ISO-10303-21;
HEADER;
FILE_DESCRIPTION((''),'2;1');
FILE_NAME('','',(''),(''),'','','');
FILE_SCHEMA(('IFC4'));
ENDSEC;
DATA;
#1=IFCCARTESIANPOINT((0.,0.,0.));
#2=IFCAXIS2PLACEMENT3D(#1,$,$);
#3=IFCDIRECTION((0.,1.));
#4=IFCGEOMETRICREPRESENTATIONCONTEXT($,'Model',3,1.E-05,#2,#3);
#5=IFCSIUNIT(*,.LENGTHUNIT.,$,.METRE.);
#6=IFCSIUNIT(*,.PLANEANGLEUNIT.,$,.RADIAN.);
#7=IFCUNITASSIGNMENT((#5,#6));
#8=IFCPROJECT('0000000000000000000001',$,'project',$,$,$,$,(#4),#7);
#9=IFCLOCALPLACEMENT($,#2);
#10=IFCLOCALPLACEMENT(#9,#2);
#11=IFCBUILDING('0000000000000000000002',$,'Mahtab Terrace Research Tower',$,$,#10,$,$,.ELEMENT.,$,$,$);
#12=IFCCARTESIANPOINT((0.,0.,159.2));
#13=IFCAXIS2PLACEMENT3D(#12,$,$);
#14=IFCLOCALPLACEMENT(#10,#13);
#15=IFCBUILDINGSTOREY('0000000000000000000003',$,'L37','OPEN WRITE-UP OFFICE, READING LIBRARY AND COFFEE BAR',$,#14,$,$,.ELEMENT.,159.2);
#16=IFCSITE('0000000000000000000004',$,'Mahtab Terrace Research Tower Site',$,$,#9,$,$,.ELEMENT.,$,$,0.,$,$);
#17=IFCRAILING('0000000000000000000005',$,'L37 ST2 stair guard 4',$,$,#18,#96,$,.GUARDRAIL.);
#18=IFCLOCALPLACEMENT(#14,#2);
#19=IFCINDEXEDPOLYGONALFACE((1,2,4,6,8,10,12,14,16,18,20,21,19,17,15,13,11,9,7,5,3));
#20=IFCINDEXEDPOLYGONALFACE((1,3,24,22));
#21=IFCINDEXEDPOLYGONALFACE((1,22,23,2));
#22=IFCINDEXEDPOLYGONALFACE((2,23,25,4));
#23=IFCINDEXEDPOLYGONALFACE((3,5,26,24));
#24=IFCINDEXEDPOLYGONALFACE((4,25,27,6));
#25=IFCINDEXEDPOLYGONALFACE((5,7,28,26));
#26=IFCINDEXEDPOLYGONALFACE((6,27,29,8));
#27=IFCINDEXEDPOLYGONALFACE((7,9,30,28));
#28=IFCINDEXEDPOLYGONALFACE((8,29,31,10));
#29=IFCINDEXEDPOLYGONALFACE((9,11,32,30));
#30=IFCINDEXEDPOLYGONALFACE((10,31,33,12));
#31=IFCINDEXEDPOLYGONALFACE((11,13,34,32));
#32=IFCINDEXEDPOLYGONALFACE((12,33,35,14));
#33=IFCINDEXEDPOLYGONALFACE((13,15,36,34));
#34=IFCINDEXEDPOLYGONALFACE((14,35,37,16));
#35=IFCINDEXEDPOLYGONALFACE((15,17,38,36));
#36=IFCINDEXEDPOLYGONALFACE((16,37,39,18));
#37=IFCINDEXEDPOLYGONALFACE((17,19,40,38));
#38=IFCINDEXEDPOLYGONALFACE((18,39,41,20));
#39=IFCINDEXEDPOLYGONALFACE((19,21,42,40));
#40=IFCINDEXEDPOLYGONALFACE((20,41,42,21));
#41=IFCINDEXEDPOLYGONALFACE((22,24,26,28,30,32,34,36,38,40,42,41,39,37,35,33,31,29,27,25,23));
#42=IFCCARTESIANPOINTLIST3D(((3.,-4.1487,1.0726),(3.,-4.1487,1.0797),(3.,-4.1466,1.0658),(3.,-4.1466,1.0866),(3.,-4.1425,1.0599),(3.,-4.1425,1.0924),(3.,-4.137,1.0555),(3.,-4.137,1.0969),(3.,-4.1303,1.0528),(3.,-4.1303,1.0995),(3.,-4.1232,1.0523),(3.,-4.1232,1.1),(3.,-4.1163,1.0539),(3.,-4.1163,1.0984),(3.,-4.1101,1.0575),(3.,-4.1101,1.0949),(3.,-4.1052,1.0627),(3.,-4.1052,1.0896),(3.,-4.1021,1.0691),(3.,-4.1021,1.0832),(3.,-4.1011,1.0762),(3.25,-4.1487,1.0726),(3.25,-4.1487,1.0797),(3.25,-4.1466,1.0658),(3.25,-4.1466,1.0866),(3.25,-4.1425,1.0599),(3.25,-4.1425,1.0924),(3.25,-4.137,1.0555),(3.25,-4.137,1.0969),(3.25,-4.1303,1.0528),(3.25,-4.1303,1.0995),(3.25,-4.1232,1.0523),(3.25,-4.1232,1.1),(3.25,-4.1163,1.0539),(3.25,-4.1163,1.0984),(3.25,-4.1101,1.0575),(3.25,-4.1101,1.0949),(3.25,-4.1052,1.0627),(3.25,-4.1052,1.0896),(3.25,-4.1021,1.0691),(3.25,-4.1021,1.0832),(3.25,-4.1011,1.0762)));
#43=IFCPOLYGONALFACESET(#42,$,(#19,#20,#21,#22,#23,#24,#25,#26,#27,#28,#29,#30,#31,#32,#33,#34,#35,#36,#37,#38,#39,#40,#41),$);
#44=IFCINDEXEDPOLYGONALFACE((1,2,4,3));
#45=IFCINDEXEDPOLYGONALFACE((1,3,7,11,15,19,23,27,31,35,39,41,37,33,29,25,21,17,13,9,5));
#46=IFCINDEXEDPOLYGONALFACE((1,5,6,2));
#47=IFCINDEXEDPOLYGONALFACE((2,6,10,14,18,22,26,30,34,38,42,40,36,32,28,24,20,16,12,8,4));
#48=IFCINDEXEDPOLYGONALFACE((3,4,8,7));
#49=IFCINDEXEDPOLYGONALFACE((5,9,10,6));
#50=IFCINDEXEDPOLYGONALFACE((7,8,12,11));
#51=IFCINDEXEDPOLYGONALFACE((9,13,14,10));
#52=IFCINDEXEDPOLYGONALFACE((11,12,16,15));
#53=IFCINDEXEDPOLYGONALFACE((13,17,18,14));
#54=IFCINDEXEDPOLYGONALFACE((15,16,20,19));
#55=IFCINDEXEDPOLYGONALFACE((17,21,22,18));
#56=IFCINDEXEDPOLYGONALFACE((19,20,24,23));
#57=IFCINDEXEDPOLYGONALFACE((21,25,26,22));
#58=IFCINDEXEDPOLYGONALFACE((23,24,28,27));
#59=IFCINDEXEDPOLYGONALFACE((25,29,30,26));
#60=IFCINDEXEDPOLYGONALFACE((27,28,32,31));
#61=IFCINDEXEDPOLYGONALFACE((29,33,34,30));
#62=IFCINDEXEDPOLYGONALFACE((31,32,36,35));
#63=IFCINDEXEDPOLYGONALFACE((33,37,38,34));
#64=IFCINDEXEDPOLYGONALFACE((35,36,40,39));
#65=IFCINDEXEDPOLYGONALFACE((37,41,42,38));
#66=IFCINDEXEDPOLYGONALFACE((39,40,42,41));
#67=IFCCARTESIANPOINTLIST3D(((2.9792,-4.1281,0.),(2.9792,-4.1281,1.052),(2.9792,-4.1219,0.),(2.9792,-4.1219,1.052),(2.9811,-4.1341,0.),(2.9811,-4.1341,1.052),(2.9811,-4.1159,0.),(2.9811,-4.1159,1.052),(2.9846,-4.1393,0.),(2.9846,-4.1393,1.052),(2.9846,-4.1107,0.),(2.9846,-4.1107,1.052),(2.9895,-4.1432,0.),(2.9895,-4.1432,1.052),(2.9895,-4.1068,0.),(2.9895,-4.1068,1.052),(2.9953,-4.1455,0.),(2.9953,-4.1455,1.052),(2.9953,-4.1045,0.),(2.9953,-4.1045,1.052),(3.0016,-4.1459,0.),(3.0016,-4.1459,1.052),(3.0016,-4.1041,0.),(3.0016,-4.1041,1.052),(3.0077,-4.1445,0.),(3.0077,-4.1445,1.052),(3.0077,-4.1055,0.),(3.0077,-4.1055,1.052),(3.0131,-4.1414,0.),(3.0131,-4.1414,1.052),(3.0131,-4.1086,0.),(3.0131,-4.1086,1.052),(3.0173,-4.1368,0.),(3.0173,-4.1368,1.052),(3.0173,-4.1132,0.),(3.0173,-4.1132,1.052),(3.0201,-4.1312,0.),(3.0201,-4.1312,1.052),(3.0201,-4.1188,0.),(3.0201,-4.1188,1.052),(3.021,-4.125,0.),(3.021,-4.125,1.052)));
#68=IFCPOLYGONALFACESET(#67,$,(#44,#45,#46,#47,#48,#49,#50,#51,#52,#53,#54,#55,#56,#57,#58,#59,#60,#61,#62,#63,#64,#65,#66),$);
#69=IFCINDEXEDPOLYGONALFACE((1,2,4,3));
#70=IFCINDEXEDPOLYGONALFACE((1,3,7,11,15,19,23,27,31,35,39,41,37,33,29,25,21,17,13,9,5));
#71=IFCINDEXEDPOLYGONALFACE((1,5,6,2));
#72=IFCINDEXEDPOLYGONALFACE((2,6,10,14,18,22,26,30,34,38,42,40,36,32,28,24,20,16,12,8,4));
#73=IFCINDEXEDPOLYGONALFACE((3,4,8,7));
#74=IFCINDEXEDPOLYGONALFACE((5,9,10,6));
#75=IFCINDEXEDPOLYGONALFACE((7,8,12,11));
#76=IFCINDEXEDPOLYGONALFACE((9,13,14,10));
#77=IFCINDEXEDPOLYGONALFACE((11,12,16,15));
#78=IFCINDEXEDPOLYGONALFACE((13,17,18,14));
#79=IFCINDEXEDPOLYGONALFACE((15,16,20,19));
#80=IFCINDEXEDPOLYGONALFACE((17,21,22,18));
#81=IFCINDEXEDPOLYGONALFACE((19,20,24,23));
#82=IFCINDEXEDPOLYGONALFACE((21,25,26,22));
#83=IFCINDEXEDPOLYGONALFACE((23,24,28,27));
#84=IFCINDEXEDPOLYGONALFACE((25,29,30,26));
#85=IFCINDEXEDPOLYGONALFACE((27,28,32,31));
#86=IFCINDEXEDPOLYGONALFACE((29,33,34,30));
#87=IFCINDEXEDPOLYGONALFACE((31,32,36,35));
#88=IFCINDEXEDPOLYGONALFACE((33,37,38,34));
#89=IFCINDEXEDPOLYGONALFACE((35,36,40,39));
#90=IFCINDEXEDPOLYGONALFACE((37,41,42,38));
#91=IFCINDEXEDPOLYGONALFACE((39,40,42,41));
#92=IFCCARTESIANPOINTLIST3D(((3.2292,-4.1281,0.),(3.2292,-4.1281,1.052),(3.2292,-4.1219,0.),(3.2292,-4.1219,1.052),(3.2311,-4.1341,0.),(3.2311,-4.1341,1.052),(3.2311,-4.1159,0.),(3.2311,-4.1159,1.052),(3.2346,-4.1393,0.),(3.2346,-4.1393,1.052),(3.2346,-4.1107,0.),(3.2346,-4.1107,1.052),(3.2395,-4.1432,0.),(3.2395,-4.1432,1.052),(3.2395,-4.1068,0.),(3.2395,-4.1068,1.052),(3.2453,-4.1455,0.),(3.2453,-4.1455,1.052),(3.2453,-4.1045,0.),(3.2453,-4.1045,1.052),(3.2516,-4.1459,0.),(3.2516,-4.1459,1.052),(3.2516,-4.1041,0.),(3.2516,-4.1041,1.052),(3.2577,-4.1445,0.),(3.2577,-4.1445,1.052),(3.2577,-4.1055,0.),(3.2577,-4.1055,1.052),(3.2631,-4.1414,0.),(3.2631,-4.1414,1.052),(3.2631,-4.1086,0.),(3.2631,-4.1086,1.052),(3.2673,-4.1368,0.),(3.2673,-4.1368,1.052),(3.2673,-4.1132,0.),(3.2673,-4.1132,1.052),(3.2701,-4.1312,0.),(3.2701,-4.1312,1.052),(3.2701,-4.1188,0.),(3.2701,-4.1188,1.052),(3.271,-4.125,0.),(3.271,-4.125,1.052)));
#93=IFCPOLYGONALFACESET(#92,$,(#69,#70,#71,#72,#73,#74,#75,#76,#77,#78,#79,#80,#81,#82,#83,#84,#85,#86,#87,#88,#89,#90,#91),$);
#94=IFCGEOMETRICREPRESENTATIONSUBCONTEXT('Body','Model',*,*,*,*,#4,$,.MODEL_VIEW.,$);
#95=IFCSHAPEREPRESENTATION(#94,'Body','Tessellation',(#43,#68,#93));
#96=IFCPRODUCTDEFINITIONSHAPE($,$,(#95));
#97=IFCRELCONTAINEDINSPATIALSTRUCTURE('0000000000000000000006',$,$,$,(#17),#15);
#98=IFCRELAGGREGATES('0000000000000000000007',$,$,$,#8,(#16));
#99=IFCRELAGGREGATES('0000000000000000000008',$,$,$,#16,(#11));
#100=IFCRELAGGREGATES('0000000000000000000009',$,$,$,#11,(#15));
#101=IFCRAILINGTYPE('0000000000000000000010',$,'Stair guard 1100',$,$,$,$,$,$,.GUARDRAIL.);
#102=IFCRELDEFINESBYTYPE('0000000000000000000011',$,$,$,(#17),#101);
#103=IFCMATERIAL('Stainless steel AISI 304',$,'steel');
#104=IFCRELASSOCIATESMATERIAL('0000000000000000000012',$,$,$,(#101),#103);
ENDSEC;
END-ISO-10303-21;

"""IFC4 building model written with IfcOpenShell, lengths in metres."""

from ifc_helpers import new_model, si_unit, direction, frame, origin, origin_2d, place, context, subcontext, project, spatial, circle, extrude, material, type_object, element, save


model = new_model("IFC4")

# Units and contexts
model_context = context("Model", 3, precision=1e-05, world=origin(), true_north=direction((0.0, 1.0)))
body_context = subcontext(model_context, "Body", "Model", "MODEL_VIEW")
ifc_project = project(units=[si_unit("LENGTHUNIT", "METRE"), si_unit("PLANEANGLEUNIT", "RADIAN")], contexts=[model_context])

# Site, building, storey
site_placement = place(None, origin())
site = spatial("IfcSite", under=ifc_project, at=site_placement, Name="Mahtab Terrace Research Tower Site", CompositionType="ELEMENT", RefElevation=0.0)
building_placement = place(site_placement, origin())
building = spatial("IfcBuilding", under=site, at=building_placement, Name="Mahtab Terrace Research Tower", CompositionType="ELEMENT")
storey_placement = place(building_placement, frame((0.0, 0.0, 159.2)))
storey = spatial("IfcBuildingStorey", under=building, at=storey_placement, Name="L37", Description="OPEN WRITE-UP OFFICE, READING LIBRARY AND COFFEE BAR", CompositionType="ELEMENT", Elevation=159.2)

# Railing
ifc_material_1 = material(Name="Stainless steel AISI 304", Category="steel")
railing_type_1 = type_object("IfcRailingType", Name="Stair guard 1100", PredefinedType="GUARDRAIL", material=ifc_material_1)
railing_1_placement = place(storey_placement, frame((3.0, -4.125, 0.0)))
element("IfcRailing", 1, at=railing_1_placement, inside=storey, type_object=railing_type_1, Name="L37 ST2 stair guard 4", PredefinedType="GUARDRAIL", context=body_context, shape_type="SweptSolid", body=[
    extrude(circle(Radius=0.0239, at=origin_2d()), frame((0.0, 0.0, 1.0762), z_axis=(1.0, 0.0, 0.0), x_axis=(0.0, 1.0, 0.0)), (0.0, 0.0, 1.0), 0.25),
    extrude(circle(Radius=0.021, at=origin_2d()), origin(), (0.0, 0.0, 1.0), 1.052),
    extrude(circle(Radius=0.021, at=origin_2d()), frame((0.25, 0.0, 0.0)), (0.0, 0.0, 1.0), 1.052),
])

save(model, "model.ifc")
